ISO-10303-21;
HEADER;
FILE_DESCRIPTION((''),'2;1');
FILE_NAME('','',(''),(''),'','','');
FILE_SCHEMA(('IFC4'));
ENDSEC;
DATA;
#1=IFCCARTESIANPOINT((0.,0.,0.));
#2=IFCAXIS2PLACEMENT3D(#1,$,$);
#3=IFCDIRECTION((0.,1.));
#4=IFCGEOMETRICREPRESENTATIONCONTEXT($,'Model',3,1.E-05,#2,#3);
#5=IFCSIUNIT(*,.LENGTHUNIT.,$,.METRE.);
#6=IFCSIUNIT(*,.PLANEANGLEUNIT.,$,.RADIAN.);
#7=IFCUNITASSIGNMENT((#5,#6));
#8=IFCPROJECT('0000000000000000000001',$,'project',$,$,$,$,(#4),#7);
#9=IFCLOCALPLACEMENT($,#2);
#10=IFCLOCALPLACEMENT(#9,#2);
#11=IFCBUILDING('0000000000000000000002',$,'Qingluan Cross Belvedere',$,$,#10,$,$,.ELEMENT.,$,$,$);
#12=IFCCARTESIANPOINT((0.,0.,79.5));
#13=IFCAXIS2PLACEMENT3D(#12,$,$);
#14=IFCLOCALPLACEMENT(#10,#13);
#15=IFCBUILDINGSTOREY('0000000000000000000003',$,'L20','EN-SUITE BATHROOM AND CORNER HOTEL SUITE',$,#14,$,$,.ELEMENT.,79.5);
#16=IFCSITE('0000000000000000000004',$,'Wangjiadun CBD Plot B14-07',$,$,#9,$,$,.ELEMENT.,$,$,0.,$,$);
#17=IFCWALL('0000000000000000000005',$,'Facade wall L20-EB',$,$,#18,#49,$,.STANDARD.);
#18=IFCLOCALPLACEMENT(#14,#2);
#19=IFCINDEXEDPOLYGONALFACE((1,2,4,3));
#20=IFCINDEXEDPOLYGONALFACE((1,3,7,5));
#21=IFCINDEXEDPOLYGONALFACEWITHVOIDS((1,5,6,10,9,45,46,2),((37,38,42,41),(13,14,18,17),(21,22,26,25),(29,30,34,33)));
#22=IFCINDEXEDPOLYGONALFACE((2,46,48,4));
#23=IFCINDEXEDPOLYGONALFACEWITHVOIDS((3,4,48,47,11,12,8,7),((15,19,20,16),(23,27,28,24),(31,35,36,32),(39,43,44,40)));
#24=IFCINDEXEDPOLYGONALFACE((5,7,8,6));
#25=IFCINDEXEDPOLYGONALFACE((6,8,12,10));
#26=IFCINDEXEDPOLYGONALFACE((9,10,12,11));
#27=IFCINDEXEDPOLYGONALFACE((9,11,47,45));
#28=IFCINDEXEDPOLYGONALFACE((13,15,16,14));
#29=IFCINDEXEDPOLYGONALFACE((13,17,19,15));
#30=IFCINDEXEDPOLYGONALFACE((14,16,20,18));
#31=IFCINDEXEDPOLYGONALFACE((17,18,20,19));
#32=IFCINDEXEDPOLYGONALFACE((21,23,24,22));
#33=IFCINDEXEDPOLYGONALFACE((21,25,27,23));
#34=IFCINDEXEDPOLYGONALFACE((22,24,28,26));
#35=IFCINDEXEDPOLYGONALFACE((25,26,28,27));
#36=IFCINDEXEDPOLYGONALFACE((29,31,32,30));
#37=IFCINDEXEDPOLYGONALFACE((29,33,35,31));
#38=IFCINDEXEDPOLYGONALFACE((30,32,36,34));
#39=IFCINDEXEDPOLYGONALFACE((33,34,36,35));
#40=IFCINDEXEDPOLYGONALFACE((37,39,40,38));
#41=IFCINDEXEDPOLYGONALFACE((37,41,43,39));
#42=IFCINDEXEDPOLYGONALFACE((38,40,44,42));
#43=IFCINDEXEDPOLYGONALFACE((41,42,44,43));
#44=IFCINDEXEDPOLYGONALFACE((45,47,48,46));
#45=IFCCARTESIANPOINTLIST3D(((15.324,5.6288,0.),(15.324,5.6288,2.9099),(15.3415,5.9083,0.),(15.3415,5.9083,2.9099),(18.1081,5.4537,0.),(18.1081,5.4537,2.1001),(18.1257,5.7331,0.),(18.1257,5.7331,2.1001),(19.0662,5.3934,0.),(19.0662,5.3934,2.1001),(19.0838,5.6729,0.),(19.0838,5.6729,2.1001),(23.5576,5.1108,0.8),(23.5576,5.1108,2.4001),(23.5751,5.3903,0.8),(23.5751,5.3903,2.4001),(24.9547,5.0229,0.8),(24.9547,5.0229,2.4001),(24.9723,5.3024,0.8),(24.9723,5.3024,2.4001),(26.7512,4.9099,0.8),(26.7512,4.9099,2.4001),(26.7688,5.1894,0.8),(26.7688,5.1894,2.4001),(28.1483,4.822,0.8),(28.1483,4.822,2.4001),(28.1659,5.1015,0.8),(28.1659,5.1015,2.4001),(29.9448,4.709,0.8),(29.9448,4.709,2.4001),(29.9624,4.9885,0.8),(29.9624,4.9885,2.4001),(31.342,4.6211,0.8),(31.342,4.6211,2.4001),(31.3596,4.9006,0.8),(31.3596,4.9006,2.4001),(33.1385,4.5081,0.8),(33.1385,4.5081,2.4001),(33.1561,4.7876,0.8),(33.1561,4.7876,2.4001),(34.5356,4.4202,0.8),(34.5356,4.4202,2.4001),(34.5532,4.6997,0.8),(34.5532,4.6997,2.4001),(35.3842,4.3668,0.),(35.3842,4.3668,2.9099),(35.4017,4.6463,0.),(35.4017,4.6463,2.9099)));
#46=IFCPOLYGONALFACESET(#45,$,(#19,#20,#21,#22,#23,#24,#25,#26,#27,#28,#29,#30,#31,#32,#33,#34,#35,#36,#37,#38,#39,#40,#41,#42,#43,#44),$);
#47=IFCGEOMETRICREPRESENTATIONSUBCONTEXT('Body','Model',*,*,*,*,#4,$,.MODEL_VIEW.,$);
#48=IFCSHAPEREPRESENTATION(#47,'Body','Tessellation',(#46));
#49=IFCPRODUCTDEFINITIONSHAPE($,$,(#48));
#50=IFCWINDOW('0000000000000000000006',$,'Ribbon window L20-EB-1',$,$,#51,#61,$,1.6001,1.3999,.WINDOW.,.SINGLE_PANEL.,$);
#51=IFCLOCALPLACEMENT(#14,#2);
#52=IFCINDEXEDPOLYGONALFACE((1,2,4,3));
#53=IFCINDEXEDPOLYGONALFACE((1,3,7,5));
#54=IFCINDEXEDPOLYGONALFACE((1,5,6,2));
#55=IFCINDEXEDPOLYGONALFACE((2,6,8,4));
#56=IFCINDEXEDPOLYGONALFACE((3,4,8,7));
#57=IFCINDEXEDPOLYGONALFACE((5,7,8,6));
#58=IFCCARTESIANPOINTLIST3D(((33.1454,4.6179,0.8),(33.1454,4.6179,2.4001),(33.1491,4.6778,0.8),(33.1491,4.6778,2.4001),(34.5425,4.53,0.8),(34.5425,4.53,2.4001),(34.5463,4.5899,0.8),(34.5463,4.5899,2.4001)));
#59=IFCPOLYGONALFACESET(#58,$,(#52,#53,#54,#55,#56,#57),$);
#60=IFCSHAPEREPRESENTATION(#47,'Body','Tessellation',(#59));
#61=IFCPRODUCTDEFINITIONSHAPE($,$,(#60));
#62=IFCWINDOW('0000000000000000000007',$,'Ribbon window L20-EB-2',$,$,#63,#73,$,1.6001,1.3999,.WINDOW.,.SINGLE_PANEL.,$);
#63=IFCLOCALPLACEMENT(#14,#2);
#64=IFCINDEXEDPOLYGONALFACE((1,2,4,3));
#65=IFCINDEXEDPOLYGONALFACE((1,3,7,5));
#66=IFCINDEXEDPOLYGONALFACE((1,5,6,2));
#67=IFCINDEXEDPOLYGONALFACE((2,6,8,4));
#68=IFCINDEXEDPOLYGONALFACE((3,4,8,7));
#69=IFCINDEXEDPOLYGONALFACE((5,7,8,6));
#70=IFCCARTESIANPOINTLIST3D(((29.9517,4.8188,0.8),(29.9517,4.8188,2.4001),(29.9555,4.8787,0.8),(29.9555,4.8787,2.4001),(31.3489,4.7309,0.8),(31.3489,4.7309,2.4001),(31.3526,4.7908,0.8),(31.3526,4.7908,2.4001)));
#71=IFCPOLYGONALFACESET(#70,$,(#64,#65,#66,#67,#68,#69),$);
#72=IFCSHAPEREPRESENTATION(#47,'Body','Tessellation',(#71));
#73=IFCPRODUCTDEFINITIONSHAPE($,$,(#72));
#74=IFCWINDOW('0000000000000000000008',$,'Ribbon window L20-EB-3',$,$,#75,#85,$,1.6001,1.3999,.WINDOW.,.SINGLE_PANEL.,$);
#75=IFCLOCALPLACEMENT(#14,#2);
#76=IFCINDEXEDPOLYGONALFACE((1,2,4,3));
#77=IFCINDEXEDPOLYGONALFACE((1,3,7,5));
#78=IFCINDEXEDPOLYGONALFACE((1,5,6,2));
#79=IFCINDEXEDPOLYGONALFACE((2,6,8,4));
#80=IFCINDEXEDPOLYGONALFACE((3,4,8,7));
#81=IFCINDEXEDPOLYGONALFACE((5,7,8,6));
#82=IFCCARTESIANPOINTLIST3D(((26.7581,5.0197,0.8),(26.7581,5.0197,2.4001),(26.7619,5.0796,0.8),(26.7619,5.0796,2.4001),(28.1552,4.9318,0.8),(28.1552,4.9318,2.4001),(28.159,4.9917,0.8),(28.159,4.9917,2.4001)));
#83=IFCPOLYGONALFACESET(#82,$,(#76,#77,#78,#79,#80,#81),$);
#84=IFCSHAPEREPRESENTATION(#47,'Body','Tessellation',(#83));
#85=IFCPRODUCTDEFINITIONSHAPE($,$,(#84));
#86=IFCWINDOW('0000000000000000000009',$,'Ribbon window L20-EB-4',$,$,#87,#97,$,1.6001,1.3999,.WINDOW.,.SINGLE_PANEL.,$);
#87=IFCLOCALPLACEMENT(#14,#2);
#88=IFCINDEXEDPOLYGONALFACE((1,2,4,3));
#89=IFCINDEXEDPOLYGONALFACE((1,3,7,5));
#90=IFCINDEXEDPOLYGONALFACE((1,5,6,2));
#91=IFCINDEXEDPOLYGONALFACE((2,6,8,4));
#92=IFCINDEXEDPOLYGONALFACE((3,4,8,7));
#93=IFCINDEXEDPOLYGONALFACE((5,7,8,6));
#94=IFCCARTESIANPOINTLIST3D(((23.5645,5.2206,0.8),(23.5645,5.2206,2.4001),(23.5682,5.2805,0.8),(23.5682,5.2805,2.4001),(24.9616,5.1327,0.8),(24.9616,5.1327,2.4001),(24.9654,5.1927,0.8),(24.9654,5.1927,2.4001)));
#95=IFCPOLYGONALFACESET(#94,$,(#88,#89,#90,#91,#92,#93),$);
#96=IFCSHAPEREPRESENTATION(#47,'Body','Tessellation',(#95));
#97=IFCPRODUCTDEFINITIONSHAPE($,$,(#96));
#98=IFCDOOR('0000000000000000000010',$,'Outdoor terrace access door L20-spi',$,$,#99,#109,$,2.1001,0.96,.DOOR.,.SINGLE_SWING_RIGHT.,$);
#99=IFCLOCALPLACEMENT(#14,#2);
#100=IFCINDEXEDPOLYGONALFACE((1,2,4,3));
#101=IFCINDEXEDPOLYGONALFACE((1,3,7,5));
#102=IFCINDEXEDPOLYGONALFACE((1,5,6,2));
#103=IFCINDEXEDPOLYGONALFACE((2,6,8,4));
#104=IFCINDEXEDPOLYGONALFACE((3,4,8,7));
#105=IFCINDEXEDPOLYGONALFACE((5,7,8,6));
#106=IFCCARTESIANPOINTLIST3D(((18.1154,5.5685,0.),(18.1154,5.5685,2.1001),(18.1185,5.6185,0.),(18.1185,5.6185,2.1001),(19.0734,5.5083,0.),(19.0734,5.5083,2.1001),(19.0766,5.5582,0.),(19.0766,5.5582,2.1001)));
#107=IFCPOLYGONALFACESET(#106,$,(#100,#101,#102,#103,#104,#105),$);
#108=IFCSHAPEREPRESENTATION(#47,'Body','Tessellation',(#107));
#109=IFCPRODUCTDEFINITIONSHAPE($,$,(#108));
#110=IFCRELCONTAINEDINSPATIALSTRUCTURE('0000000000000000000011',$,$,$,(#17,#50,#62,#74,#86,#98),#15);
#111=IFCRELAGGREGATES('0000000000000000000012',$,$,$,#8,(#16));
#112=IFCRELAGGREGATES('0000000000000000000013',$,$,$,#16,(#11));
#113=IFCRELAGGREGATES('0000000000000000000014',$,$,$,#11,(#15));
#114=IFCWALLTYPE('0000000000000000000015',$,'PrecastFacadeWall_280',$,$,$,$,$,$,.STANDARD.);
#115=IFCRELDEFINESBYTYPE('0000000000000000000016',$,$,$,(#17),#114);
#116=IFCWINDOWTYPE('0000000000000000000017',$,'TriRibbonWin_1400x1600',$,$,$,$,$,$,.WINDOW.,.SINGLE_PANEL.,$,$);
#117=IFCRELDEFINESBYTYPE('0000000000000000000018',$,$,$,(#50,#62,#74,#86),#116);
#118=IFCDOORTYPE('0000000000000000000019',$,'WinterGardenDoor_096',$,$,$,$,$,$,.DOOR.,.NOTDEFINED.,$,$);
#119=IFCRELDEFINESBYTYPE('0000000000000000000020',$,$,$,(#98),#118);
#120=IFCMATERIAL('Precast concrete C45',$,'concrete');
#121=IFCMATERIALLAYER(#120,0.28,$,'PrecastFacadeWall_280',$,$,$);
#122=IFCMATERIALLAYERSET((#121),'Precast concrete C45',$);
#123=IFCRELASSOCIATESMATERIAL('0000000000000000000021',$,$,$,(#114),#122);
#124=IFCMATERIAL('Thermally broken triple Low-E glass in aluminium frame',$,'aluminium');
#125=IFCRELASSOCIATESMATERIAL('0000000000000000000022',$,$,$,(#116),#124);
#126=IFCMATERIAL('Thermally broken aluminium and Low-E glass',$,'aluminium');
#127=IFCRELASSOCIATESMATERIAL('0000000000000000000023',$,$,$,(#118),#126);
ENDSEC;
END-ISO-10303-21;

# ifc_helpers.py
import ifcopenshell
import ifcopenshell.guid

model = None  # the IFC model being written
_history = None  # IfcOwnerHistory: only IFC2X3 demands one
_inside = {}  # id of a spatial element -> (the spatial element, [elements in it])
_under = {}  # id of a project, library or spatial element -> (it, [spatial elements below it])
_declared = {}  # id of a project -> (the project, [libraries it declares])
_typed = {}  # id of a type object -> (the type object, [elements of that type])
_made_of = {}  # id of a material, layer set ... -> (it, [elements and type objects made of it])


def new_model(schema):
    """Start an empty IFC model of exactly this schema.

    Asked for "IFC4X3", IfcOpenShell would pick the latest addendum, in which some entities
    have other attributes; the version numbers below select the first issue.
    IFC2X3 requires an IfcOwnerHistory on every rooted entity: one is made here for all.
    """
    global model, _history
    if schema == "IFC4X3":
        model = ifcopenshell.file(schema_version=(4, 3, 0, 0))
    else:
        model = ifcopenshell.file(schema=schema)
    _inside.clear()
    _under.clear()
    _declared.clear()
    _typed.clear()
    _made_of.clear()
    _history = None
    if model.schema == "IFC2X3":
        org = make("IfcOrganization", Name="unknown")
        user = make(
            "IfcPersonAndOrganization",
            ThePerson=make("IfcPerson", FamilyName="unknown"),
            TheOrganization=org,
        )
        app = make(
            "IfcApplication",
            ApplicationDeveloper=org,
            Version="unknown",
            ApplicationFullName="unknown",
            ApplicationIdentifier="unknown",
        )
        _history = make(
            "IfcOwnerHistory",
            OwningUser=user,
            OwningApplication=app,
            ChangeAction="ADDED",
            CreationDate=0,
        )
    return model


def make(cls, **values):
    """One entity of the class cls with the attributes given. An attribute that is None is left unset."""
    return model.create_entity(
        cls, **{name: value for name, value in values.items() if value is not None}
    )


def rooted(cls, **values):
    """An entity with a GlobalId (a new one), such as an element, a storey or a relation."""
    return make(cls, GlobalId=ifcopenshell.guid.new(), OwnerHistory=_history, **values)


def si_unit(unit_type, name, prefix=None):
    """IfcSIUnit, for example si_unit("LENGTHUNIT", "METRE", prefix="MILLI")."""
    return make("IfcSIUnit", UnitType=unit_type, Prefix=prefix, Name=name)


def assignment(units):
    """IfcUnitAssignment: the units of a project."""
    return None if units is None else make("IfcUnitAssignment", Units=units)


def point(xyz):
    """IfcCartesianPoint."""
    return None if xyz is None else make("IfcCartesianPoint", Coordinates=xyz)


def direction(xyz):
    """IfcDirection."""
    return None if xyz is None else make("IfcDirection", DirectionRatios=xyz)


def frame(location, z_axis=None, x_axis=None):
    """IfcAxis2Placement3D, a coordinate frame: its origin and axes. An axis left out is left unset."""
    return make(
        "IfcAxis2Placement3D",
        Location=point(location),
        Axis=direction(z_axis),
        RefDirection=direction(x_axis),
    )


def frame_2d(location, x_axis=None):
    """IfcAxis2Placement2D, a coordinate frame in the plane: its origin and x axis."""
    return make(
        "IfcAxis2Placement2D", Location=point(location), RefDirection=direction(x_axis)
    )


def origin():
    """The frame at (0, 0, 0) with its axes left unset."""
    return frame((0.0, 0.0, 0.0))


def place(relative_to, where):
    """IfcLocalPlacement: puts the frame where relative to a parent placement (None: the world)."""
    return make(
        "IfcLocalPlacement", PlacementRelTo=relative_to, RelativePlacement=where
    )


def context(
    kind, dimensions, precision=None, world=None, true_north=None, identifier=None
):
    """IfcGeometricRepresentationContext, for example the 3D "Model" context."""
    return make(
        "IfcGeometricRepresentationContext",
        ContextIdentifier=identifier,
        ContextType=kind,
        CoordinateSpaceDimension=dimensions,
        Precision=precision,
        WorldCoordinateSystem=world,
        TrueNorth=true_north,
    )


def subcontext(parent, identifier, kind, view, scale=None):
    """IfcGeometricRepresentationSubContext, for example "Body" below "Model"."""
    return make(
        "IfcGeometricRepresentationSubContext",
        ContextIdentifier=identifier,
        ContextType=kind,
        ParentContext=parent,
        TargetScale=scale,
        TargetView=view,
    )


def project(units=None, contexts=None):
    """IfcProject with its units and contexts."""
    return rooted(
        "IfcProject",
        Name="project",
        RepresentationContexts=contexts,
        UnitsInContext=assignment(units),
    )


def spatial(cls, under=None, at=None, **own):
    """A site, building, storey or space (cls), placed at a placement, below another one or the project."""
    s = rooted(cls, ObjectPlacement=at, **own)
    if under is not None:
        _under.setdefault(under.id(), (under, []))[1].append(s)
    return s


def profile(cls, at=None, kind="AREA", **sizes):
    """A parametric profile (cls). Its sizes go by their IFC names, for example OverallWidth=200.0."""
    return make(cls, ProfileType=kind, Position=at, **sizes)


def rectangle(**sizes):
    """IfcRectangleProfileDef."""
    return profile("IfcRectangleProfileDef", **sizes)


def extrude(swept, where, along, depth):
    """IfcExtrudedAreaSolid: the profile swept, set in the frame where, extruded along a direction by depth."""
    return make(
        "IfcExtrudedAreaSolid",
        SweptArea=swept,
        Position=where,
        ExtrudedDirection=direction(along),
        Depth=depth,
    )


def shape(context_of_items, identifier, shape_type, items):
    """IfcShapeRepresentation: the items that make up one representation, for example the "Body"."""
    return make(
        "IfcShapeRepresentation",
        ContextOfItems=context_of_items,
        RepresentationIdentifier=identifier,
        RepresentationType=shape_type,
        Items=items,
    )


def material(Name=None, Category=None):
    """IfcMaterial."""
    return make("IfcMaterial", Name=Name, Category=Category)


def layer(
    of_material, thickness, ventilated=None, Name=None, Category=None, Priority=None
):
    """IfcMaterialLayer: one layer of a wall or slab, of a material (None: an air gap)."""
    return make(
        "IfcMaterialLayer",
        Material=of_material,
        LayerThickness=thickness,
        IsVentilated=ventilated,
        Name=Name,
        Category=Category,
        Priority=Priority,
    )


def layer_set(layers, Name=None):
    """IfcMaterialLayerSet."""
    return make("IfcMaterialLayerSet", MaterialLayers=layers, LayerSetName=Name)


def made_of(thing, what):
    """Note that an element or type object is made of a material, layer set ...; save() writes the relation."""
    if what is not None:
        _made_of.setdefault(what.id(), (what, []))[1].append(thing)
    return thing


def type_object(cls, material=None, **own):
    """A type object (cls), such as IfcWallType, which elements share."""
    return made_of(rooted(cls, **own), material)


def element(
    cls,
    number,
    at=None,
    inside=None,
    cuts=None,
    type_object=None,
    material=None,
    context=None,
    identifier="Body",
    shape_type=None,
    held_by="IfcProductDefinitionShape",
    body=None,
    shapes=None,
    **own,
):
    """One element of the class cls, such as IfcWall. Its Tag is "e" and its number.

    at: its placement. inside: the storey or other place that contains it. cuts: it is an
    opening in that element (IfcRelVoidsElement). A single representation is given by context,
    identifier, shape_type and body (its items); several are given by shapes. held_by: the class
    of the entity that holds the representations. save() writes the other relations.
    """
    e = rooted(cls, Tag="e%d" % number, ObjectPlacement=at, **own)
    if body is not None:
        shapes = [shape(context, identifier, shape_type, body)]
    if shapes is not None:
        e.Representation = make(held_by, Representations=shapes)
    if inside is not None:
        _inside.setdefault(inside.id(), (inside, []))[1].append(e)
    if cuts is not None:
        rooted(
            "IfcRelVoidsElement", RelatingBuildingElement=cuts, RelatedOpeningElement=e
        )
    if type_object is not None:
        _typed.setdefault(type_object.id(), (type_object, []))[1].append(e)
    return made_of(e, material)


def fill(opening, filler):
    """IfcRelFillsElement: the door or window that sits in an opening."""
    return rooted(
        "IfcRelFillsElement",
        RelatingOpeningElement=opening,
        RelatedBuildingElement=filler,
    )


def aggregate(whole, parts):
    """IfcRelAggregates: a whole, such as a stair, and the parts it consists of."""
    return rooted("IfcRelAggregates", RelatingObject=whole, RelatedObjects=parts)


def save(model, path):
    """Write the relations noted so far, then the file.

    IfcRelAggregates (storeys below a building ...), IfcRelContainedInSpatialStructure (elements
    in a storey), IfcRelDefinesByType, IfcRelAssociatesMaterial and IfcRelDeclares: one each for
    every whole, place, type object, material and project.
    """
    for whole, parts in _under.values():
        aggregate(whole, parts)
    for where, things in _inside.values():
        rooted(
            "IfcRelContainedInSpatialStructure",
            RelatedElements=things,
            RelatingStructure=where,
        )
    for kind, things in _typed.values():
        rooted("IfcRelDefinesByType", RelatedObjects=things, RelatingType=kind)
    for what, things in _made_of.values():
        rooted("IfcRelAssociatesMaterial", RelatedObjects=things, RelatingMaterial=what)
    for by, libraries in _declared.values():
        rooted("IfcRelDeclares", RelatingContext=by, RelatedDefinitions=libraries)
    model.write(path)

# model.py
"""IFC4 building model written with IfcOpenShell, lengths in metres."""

from ifc_helpers import new_model, si_unit, direction, frame, frame_2d, origin, place, context, subcontext, project, spatial, rectangle, extrude, material, layer, layer_set, type_object, element, fill, save


model = new_model("IFC4")

# Units and contexts
model_context = context("Model", 3, precision=1e-05, world=origin(), true_north=direction((0.0, 1.0)))
body_context = subcontext(model_context, "Body", "Model", "MODEL_VIEW")
ifc_project = project(units=[si_unit("LENGTHUNIT", "METRE"), si_unit("PLANEANGLEUNIT", "RADIAN")], contexts=[model_context])

# Site, building, storey
site_placement = place(None, origin())
site = spatial("IfcSite", under=ifc_project, at=site_placement, Name="Wangjiadun CBD Plot B14-07", CompositionType="ELEMENT", RefElevation=0.0)
building_placement = place(site_placement, origin())
building = spatial("IfcBuilding", under=site, at=building_placement, Name="Qingluan Cross Belvedere", CompositionType="ELEMENT")
storey_placement = place(building_placement, frame((0.0, 0.0, 79.5)))
storey = spatial("IfcBuildingStorey", under=building, at=storey_placement, Name="L20", Description="EN-SUITE BATHROOM AND CORNER HOTEL SUITE", CompositionType="ELEMENT", Elevation=79.5)

# Wall, openings, windows, door
ifc_material_1 = material(Name="Precast concrete C45", Category="concrete")
ifc_layer_1 = layer(ifc_material_1, 0.28, Name="PrecastFacadeWall_280")
ifc_layer_set_1 = layer_set([ifc_layer_1], Name="Precast concrete C45")
wall_type_1 = type_object("IfcWallType", Name="PrecastFacadeWall_280", PredefinedType="STANDARD", material=ifc_layer_set_1)
wall_1_placement = place(storey_placement, frame((35.3928, 4.5066, 0.0), z_axis=(0.0, 0.0, 1.0), x_axis=(-0.998027, 0.062784, 0.0)))
wall_1 = element("IfcWall", 1, at=wall_1_placement, inside=storey, type_object=wall_type_1, Name="Facade wall L20-EB", PredefinedType="STANDARD", context=body_context, shape_type="SweptSolid", body=[
    extrude(rectangle(XDim=20.0999, YDim=0.28, at=frame_2d((10.0498, 0.0))), origin(), (0.0, 0.0, 1.0), 2.9099),
])
opening_1_placement = place(wall_1_placement, frame((0.8501, 0.0, 0.8)))
opening_1 = element("IfcOpeningElement", 2, at=opening_1_placement, cuts=wall_1, PredefinedType="OPENING", context=body_context, shape_type="SweptSolid", body=[
    extrude(rectangle(XDim=1.3999, YDim=1.6001, at=frame_2d((0.7, 0.8))), frame((0.0, 0.1499, 0.0), z_axis=(0.0, -1.0, 0.0), x_axis=(1.0, 0.0, 0.0)), (0.0, 0.0, 1.0), 0.3),
])
opening_2_placement = place(wall_1_placement, frame((4.05, 0.0, 0.8)))
opening_2 = element("IfcOpeningElement", 3, at=opening_2_placement, cuts=wall_1, PredefinedType="OPENING", context=body_context, shape_type="SweptSolid", body=[
    extrude(rectangle(XDim=1.3999, YDim=1.6001, at=frame_2d((0.7, 0.8))), frame((0.0, 0.1499, 0.0), z_axis=(0.0, -1.0, 0.0), x_axis=(1.0, 0.0, 0.0)), (0.0, 0.0, 1.0), 0.3),
])
opening_3_placement = place(wall_1_placement, frame((7.25, 0.0, 0.8)))
opening_3 = element("IfcOpeningElement", 4, at=opening_3_placement, cuts=wall_1, PredefinedType="OPENING", context=body_context, shape_type="SweptSolid", body=[
    extrude(rectangle(XDim=1.3999, YDim=1.6001, at=frame_2d((0.7, 0.8))), frame((0.0, 0.1499, 0.0), z_axis=(0.0, -1.0, 0.0), x_axis=(1.0, 0.0, 0.0)), (0.0, 0.0, 1.0), 0.3),
])
opening_4_placement = place(wall_1_placement, frame((10.45, 0.0, 0.8)))
opening_4 = element("IfcOpeningElement", 5, at=opening_4_placement, cuts=wall_1, PredefinedType="OPENING", context=body_context, shape_type="SweptSolid", body=[
    extrude(rectangle(XDim=1.3999, YDim=1.6001, at=frame_2d((0.7, 0.8))), frame((0.0, 0.1499, 0.0), z_axis=(0.0, -1.0, 0.0), x_axis=(1.0, 0.0, 0.0)), (0.0, 0.0, 1.0), 0.3),
])
opening_5_placement = place(wall_1_placement, frame((16.3501, 0.0, 0.0)))
opening_5 = element("IfcOpeningElement", 6, at=opening_5_placement, cuts=wall_1, PredefinedType="OPENING", context=body_context, shape_type="SweptSolid", body=[
    extrude(rectangle(XDim=0.96, YDim=2.1001, at=frame_2d((0.48, 1.05))), frame((0.0, 0.1499, 0.0), z_axis=(0.0, -1.0, 0.0), x_axis=(1.0, 0.0, 0.0)), (0.0, 0.0, 1.0), 0.3),
])
ifc_material_2 = material(Name="Thermally broken triple Low-E glass in aluminium frame", Category="aluminium")
window_type = type_object("IfcWindowType", Name="TriRibbonWin_1400x1600", PartitioningType="SINGLE_PANEL", PredefinedType="WINDOW", material=ifc_material_2)
window_1_placement = place(opening_1_placement, origin())
window_1 = element("IfcWindow", 7, at=window_1_placement, inside=storey, type_object=window_type, Name="Ribbon window L20-EB-1", OverallHeight=1.6001, OverallWidth=1.3999, PartitioningType="SINGLE_PANEL", PredefinedType="WINDOW", context=body_context, shape_type="SweptSolid", body=[
    extrude(rectangle(XDim=1.3999, YDim=1.6001, at=frame_2d((0.7, 0.8))), frame((0.0, 0.03, 0.0), z_axis=(0.0, -1.0, 0.0), x_axis=(1.0, 0.0, 0.0)), (0.0, 0.0, 1.0), 0.0601),
])
fill(opening_1, window_1)
window_2_placement = place(opening_2_placement, origin())
window_2 = element("IfcWindow", 8, at=window_2_placement, inside=storey, type_object=window_type, Name="Ribbon window L20-EB-2", OverallHeight=1.6001, OverallWidth=1.3999, PartitioningType="SINGLE_PANEL", PredefinedType="WINDOW", context=body_context, shape_type="SweptSolid", body=[
    extrude(rectangle(XDim=1.3999, YDim=1.6001, at=frame_2d((0.7, 0.8))), frame((0.0, 0.03, 0.0), z_axis=(0.0, -1.0, 0.0), x_axis=(1.0, 0.0, 0.0)), (0.0, 0.0, 1.0), 0.0601),
])
fill(opening_2, window_2)
window_3_placement = place(opening_3_placement, origin())
window_3 = element("IfcWindow", 9, at=window_3_placement, inside=storey, type_object=window_type, Name="Ribbon window L20-EB-3", OverallHeight=1.6001, OverallWidth=1.3999, PartitioningType="SINGLE_PANEL", PredefinedType="WINDOW", context=body_context, shape_type="SweptSolid", body=[
    extrude(rectangle(XDim=1.3999, YDim=1.6001, at=frame_2d((0.7, 0.8))), frame((0.0, 0.03, 0.0), z_axis=(0.0, -1.0, 0.0), x_axis=(1.0, 0.0, 0.0)), (0.0, 0.0, 1.0), 0.0601),
])
fill(opening_3, window_3)
window_4_placement = place(opening_4_placement, origin())
window_4 = element("IfcWindow", 10, at=window_4_placement, inside=storey, type_object=window_type, Name="Ribbon window L20-EB-4", OverallHeight=1.6001, OverallWidth=1.3999, PartitioningType="SINGLE_PANEL", PredefinedType="WINDOW", context=body_context, shape_type="SweptSolid", body=[
    extrude(rectangle(XDim=1.3999, YDim=1.6001, at=frame_2d((0.7, 0.8))), frame((0.0, 0.03, 0.0), z_axis=(0.0, -1.0, 0.0), x_axis=(1.0, 0.0, 0.0)), (0.0, 0.0, 1.0), 0.0601),
])
fill(opening_4, window_4)
ifc_material_3 = material(Name="Thermally broken aluminium and Low-E glass", Category="aluminium")
door_type_1 = type_object("IfcDoorType", Name="WinterGardenDoor_096", OperationType="NOTDEFINED", PredefinedType="DOOR", material=ifc_material_3)
door_1_placement = place(opening_5_placement, origin())
door_1 = element("IfcDoor", 11, at=door_1_placement, inside=storey, type_object=door_type_1, Name="Outdoor terrace access door L20-spi", OperationType="SINGLE_SWING_RIGHT", OverallHeight=2.1001, OverallWidth=0.96, PredefinedType="DOOR", context=body_context, shape_type="SweptSolid", body=[
    extrude(rectangle(XDim=0.96, YDim=2.1001, at=frame_2d((0.48, 1.05))), frame((0.0, 0.0249, 0.0), z_axis=(0.0, -1.0, 0.0), x_axis=(1.0, 0.0, 0.0)), (0.0, 0.0, 1.0), 0.05),
])
fill(opening_5, door_1)

save(model, "model.ifc")
